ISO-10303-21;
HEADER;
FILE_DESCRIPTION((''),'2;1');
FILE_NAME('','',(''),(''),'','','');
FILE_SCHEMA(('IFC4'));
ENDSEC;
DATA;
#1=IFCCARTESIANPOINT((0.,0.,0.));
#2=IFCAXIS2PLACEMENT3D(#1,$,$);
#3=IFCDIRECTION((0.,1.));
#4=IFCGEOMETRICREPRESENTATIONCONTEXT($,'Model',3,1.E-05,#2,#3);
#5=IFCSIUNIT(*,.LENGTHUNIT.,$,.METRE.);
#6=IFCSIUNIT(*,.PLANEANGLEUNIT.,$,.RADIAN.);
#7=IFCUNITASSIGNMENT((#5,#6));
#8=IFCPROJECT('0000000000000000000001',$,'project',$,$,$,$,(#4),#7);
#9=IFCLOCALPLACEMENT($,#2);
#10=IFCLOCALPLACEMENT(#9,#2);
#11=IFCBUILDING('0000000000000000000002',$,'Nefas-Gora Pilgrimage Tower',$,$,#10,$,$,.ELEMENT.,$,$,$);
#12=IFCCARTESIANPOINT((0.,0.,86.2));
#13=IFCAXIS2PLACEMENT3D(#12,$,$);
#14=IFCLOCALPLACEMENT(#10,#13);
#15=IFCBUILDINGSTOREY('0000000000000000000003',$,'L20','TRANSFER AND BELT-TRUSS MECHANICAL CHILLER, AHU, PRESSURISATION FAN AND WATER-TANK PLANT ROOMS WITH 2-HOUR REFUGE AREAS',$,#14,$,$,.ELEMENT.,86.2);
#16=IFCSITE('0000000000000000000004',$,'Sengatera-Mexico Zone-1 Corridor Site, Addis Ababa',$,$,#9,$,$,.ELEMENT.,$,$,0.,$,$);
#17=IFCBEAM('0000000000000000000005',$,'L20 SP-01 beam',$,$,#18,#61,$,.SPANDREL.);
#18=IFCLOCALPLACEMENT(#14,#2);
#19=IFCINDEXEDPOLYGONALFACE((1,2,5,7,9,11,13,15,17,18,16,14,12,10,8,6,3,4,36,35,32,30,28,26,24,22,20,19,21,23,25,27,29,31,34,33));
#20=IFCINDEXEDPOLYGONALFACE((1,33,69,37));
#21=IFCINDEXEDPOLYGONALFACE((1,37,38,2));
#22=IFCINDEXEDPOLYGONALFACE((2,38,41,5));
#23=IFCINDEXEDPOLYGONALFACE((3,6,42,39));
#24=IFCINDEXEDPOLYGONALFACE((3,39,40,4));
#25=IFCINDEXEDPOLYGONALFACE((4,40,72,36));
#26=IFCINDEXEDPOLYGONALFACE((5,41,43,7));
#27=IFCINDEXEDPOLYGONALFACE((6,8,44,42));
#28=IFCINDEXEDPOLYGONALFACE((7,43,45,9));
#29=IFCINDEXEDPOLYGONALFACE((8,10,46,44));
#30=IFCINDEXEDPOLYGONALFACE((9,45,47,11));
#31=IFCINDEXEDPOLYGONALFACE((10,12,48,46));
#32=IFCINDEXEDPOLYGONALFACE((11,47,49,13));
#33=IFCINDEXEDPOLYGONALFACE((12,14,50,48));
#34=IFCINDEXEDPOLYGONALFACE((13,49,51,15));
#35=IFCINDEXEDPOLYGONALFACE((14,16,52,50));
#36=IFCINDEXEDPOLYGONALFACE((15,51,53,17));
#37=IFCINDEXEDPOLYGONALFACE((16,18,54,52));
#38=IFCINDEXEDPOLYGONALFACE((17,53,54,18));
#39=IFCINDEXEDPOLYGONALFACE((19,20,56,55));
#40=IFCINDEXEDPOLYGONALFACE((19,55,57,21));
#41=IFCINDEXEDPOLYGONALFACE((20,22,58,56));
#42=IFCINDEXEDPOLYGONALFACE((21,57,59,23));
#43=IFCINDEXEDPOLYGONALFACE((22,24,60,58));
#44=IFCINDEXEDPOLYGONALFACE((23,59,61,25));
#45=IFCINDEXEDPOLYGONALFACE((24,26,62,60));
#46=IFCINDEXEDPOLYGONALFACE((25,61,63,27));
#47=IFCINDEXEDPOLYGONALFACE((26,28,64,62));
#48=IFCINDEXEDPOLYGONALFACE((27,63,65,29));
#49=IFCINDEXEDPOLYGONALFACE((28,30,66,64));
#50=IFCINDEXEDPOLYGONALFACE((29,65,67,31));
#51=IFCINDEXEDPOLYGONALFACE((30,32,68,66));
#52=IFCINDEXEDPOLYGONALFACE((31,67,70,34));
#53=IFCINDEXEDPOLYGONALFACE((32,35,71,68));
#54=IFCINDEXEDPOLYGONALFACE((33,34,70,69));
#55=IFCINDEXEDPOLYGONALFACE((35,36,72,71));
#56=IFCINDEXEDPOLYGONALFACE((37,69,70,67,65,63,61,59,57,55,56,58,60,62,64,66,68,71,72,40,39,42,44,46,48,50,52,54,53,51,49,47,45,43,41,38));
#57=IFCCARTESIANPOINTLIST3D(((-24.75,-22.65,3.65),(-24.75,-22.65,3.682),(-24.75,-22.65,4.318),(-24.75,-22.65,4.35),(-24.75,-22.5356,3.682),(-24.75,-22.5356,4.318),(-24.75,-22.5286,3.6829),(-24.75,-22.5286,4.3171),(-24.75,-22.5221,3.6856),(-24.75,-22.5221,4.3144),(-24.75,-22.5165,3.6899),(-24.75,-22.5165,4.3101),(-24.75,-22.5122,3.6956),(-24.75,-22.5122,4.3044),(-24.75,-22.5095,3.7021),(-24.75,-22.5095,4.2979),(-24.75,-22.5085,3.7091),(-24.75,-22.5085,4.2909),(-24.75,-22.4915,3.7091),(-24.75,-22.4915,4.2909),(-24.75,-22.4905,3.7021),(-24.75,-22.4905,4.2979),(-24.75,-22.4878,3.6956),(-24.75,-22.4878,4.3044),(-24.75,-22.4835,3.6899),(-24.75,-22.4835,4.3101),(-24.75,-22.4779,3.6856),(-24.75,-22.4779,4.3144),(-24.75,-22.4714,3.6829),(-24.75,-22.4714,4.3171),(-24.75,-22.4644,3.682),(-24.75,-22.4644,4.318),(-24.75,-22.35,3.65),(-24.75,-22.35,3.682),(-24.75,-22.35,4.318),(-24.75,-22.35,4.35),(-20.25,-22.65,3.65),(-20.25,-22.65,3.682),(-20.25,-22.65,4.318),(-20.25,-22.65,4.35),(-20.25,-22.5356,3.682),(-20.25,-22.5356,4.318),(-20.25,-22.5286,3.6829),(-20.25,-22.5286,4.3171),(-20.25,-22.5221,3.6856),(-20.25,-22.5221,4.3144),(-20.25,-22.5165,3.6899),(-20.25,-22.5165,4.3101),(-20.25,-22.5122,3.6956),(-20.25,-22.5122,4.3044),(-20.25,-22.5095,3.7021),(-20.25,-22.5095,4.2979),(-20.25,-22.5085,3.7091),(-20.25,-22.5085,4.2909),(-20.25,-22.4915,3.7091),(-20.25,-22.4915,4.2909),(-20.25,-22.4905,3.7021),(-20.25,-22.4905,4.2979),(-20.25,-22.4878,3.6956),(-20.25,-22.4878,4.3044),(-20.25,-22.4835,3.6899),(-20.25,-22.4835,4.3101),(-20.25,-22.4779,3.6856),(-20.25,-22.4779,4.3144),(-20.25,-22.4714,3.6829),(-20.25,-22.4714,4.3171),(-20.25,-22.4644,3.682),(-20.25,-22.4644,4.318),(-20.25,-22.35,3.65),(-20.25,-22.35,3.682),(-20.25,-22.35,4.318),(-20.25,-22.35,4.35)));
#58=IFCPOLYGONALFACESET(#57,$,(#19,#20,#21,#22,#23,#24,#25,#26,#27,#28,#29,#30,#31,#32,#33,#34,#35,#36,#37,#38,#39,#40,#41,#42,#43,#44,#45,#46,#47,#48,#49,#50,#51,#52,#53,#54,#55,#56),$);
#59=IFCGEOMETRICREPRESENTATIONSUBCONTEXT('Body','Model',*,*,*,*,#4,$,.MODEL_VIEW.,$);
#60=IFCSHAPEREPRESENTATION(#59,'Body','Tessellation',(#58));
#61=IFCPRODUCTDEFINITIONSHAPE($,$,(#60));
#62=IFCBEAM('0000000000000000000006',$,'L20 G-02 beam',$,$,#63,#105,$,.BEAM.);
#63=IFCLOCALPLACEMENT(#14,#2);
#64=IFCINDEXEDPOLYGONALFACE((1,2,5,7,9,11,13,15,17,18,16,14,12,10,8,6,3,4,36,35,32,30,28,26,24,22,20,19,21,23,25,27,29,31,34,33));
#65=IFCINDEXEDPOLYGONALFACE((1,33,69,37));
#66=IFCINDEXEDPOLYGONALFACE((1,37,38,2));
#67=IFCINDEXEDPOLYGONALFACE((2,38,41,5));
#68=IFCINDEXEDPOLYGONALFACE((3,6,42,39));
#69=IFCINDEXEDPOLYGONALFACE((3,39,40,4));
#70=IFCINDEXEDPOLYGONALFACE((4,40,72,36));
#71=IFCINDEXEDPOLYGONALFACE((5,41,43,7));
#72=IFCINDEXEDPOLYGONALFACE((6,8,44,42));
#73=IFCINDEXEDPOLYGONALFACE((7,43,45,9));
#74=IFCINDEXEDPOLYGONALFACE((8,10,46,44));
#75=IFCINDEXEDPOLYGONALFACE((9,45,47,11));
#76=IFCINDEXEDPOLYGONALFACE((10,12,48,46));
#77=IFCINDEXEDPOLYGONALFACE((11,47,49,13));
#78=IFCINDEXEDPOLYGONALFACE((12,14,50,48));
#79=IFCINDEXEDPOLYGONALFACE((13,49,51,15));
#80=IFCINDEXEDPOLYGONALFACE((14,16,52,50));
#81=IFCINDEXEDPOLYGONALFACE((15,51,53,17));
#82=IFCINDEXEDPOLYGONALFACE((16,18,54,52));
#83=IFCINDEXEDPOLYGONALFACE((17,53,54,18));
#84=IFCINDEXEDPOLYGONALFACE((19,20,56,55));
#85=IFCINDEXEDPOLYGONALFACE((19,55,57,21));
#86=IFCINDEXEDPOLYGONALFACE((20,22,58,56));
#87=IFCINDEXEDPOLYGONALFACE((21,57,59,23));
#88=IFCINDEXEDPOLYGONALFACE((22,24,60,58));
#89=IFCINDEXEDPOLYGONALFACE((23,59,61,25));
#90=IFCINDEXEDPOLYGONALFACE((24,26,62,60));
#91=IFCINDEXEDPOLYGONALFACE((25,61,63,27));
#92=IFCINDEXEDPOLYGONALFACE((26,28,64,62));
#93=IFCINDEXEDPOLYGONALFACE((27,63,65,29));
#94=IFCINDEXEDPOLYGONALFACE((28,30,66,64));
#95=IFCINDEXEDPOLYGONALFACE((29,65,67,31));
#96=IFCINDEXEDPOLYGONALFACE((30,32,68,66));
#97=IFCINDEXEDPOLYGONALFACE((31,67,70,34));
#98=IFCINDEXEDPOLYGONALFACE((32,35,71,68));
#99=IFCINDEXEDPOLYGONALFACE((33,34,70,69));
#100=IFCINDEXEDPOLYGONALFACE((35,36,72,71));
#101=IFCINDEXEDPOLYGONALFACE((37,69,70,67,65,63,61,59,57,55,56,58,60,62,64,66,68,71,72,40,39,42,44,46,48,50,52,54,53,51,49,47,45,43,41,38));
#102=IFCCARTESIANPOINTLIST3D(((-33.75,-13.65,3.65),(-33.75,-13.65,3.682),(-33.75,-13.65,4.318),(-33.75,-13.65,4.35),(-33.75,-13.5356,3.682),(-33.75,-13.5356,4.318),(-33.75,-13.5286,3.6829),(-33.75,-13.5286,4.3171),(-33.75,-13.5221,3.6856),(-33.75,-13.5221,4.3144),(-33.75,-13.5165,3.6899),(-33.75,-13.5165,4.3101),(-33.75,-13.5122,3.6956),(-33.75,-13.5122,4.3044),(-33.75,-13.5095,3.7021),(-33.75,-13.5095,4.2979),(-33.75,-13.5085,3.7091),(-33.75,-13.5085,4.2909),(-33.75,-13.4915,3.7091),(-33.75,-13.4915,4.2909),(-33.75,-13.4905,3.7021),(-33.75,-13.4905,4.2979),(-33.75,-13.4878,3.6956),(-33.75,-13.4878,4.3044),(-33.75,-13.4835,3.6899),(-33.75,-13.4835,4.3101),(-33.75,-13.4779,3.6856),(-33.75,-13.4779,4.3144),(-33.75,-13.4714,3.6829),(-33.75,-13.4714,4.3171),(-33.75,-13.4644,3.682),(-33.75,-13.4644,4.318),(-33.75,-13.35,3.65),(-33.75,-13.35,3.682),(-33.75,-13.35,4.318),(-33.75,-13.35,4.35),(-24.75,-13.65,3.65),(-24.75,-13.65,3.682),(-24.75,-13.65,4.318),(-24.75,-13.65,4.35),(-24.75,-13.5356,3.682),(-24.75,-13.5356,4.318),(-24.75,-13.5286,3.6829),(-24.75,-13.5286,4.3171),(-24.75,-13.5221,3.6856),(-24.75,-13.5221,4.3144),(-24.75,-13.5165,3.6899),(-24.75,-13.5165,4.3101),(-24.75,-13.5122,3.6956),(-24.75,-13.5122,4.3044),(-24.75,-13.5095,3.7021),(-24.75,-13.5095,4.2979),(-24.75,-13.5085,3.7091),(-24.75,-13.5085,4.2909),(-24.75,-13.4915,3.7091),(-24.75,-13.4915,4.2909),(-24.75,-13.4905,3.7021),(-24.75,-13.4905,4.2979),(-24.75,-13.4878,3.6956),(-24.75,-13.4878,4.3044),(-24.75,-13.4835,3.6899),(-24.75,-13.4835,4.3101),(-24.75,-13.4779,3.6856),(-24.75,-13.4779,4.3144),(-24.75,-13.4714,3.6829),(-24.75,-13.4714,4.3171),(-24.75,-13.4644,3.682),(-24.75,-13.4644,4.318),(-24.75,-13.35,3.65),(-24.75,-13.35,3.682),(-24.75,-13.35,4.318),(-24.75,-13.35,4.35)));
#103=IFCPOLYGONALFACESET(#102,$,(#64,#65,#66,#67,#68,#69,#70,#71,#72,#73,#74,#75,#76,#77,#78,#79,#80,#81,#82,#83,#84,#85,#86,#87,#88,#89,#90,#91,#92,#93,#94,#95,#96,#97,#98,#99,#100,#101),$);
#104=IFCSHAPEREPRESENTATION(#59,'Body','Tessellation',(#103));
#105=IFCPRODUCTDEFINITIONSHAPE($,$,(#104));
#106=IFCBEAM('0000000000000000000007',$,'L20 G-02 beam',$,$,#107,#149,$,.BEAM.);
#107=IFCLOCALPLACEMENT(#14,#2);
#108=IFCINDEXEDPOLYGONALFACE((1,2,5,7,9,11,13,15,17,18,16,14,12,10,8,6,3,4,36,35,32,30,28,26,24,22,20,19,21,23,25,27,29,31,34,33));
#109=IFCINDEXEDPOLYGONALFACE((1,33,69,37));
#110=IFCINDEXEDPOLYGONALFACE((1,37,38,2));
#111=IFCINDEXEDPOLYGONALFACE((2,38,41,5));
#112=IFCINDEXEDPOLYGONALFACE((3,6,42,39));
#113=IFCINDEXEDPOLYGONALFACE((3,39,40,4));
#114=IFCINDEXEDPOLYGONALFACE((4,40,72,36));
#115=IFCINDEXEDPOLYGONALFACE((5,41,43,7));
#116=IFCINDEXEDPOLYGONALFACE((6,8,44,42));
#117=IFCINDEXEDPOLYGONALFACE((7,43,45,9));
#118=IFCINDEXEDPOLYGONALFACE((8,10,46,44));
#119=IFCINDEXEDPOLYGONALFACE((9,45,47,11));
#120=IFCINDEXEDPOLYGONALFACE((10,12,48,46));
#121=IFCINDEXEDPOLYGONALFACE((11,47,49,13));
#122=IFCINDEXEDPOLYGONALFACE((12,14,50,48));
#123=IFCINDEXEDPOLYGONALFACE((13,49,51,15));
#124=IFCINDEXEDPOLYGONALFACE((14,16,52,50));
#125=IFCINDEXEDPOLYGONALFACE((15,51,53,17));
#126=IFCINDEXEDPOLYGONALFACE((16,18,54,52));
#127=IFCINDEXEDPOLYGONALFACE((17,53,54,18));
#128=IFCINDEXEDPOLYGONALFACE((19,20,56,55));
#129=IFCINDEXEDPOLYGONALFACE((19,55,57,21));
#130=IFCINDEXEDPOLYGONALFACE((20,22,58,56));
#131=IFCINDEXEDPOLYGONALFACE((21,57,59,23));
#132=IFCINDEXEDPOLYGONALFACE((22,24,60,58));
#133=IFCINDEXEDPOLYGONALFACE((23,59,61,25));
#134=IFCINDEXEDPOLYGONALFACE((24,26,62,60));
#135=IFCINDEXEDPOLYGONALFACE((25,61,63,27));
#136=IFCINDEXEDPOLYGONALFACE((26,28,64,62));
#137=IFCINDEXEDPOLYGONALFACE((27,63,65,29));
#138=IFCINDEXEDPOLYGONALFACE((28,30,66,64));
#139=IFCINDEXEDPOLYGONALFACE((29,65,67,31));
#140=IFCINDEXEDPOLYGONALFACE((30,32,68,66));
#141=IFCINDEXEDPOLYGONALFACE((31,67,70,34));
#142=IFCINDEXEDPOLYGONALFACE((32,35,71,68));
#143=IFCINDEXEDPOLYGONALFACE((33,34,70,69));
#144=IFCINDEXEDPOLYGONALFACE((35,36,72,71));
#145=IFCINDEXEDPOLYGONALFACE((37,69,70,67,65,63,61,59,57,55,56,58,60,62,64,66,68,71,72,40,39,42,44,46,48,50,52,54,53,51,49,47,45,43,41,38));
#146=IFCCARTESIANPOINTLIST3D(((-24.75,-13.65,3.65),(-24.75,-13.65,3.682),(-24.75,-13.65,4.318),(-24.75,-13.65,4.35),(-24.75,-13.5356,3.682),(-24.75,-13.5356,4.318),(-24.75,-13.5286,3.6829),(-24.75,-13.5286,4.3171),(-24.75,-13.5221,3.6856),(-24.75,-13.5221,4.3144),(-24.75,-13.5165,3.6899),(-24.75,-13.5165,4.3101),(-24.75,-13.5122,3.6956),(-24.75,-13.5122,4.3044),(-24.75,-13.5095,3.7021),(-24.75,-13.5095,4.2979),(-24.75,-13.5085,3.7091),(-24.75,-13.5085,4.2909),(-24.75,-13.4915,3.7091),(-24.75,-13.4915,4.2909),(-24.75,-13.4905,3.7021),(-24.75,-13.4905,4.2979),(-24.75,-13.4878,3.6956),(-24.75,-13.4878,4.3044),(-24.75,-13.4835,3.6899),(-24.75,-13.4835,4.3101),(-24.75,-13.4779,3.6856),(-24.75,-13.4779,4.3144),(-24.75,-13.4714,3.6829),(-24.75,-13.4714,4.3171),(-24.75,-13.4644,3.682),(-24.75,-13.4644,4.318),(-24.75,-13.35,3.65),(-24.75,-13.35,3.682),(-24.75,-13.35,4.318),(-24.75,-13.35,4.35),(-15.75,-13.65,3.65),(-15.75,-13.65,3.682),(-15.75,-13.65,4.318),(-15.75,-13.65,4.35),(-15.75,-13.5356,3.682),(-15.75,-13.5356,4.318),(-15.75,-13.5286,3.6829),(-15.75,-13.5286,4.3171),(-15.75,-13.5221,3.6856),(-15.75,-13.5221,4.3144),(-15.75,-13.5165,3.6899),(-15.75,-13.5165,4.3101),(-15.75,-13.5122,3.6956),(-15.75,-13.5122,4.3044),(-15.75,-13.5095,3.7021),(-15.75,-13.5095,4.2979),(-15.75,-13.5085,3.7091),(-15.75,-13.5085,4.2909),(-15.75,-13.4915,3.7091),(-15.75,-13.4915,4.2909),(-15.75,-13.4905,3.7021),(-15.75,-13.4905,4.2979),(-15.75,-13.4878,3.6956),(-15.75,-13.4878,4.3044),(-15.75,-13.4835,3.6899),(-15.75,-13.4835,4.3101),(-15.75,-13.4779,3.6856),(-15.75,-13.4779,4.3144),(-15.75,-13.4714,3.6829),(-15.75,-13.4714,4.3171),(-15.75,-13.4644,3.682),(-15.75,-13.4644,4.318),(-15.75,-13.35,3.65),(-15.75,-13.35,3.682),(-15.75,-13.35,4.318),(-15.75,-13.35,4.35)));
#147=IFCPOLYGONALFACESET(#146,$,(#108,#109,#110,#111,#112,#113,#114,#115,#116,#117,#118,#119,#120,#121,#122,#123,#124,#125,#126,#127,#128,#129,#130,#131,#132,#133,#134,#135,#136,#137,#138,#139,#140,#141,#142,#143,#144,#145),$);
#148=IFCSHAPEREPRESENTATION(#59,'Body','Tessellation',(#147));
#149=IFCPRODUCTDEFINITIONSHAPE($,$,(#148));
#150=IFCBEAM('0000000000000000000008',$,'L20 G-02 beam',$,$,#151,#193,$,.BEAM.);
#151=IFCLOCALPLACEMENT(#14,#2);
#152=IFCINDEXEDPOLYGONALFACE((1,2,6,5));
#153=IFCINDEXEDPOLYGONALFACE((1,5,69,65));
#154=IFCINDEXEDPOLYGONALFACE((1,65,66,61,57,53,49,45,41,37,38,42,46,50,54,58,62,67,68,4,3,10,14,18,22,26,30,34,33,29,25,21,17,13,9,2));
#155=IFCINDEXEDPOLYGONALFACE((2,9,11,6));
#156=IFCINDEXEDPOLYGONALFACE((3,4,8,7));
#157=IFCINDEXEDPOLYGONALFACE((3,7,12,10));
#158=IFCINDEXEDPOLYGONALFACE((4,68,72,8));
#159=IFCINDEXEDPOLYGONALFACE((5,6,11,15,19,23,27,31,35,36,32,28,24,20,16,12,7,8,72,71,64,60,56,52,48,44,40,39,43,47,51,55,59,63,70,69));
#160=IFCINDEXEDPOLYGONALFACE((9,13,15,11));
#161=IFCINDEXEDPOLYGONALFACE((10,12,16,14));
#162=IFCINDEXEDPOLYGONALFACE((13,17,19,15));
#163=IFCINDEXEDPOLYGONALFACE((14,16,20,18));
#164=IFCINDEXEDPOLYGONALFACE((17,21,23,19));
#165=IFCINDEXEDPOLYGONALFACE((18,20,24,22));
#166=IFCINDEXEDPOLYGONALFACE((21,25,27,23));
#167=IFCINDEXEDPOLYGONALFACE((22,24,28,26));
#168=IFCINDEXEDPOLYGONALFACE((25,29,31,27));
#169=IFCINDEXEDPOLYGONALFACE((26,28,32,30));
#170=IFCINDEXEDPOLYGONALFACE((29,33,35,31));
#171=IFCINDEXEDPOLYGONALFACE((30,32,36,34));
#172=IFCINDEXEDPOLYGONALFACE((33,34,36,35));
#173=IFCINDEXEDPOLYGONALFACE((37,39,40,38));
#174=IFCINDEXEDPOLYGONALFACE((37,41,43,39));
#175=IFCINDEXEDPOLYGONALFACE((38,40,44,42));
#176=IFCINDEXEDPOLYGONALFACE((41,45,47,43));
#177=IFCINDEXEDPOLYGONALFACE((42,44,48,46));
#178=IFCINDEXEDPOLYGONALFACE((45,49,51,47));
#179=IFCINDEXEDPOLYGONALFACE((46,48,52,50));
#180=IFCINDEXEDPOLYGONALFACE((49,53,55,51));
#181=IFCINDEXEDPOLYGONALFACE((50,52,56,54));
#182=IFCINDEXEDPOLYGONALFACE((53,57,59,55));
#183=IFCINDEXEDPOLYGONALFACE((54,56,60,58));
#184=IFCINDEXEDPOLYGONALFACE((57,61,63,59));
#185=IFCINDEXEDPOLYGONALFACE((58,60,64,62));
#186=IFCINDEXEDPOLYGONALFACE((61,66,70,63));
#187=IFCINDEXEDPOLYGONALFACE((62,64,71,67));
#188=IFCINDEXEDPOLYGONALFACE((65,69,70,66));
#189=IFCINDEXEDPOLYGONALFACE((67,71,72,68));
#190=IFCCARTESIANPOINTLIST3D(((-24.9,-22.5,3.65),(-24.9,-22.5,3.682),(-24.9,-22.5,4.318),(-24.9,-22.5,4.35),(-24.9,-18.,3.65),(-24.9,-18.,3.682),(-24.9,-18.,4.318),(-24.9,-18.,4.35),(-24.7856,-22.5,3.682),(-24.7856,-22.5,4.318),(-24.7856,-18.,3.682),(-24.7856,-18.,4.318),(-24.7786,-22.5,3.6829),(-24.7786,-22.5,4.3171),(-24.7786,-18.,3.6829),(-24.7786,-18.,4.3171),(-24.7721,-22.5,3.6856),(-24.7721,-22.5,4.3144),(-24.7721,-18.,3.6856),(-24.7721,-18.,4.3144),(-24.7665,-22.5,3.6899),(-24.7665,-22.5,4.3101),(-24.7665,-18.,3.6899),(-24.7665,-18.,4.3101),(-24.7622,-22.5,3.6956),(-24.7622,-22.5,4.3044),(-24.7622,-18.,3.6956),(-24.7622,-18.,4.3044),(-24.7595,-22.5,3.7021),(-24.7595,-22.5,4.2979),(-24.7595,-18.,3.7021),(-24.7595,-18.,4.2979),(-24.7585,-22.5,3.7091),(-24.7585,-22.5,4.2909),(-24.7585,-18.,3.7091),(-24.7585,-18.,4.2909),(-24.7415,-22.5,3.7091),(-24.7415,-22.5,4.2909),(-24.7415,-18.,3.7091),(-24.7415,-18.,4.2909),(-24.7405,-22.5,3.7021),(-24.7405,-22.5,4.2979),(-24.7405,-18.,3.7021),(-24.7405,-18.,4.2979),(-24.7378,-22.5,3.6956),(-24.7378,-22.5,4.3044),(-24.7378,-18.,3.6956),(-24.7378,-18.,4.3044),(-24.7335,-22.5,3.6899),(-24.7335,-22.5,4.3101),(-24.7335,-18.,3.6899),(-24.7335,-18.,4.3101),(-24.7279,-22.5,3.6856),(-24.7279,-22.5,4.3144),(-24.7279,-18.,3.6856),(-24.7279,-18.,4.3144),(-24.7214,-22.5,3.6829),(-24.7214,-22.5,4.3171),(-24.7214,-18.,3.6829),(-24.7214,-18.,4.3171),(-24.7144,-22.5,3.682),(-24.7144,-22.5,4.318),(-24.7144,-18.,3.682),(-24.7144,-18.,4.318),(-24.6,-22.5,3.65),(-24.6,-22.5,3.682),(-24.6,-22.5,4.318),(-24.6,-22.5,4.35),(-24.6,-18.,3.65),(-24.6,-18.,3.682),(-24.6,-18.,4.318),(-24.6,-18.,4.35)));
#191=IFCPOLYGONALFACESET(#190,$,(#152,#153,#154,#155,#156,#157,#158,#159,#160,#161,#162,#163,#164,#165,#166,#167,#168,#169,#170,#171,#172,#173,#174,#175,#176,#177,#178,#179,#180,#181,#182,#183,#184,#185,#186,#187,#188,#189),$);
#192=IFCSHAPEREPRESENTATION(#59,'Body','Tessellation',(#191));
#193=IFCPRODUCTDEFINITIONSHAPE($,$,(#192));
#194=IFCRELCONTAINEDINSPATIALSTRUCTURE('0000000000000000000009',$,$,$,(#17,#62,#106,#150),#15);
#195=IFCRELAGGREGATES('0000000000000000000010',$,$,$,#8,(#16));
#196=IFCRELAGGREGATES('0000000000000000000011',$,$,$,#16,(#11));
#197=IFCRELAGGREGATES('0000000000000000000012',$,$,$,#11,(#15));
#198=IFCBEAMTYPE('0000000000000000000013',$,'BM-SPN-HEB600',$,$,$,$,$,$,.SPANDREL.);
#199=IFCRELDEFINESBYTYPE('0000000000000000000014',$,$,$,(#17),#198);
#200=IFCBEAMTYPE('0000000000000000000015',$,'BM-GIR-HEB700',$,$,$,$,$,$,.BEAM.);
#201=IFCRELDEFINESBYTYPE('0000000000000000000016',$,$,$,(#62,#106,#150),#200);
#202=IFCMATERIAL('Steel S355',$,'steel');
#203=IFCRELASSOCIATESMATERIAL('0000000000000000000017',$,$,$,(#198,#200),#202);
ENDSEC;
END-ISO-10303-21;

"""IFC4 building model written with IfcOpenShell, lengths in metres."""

from ifc_helpers import new_model, si_unit, direction, frame, origin, origin_2d, place, context, subcontext, project, spatial, i_section, extrude, source, transform, mapped, material, material_profile, profile_set, type_object, element, save


model = new_model("IFC4")

# Units and contexts
model_context = context("Model", 3, precision=1e-05, world=origin(), true_north=direction((0.0, 1.0)))
body_context = subcontext(model_context, "Body", "Model", "MODEL_VIEW")
ifc_project = project(units=[si_unit("LENGTHUNIT", "METRE"), si_unit("PLANEANGLEUNIT", "RADIAN")], contexts=[model_context])

# Site, building, storey
site_placement = place(None, origin())
site = spatial("IfcSite", under=ifc_project, at=site_placement, Name="Sengatera-Mexico Zone-1 Corridor Site, Addis Ababa", CompositionType="ELEMENT", RefElevation=0.0)
building_placement = place(site_placement, origin())
building = spatial("IfcBuilding", under=site, at=building_placement, Name="Nefas-Gora Pilgrimage Tower", CompositionType="ELEMENT")
storey_placement = place(building_placement, frame((0.0, 0.0, 86.2)))
storey = spatial("IfcBuildingStorey", under=building, at=storey_placement, Name="L20", Description="TRANSFER AND BELT-TRUSS MECHANICAL CHILLER, AHU, PRESSURISATION FAN AND WATER-TANK PLANT ROOMS WITH 2-HOUR REFUGE AREAS", CompositionType="ELEMENT", Elevation=86.2)

# Beams
ifc_material_1 = material(Name="Steel S355", Category="steel")
ifc_material_profile_1 = material_profile(ifc_material_1, i_section(OverallWidth=0.3, OverallDepth=0.7, WebThickness=0.0171, FlangeThickness=0.032, FilletRadius=0.0271, at=origin_2d()), Name="HEB 700")
ifc_profile_set_1 = profile_set([ifc_material_profile_1], Name="Steel S355")
beam_type_1 = type_object("IfcBeamType", Name="BM-SPN-HEB600", PredefinedType="SPANDREL", material=ifc_profile_set_1)
shared_shape_1 = source(origin(), body_context, "Body", "SweptSolid", [
    extrude(i_section(OverallWidth=0.3, OverallDepth=0.7, WebThickness=0.0171, FlangeThickness=0.032, FilletRadius=0.0271, at=origin_2d()), origin(), (0.0, 0.0, 1.0), 4.5),
])
for number, where, z_axis, x_axis, name in (
    (1, (-24.75, -22.5, 4.0), (1.0, 0.0, 0.0), (0.0, 1.0, 0.0), "L20 SP-01 beam"),
):
    element("IfcBeam", number, at=place(storey_placement, frame(where, z_axis=z_axis, x_axis=x_axis)), inside=storey, type_object=beam_type_1, Name=name, PredefinedType="SPANDREL", context=body_context, shape_type="MappedRepresentation", body=[
        mapped(shared_shape_1, transform((0.0, 0.0, 0.0), x_axis=(1.0, 0.0, 0.0), y_axis=(0.0, 1.0, 0.0), z_axis=(0.0, 0.0, 1.0), scale=1.0)),
    ])
ifc_material_profile_2 = material_profile(ifc_material_1, i_section(OverallWidth=0.3, OverallDepth=0.7, WebThickness=0.0171, FlangeThickness=0.032, FilletRadius=0.0271, at=origin_2d()), Name="HEB 700")
ifc_profile_set_2 = profile_set([ifc_material_profile_2], Name="Steel S355")
beam_type_2 = type_object("IfcBeamType", Name="BM-GIR-HEB700", PredefinedType="BEAM", material=ifc_profile_set_2)
shared_shape_2 = source(origin(), body_context, "Body", "SweptSolid", [
    extrude(i_section(OverallWidth=0.3, OverallDepth=0.7, WebThickness=0.0171, FlangeThickness=0.032, FilletRadius=0.0271, at=origin_2d()), origin(), (0.0, 0.0, 1.0), 9.0),
])
for number, where, z_axis, x_axis, name in (
    (2, (-33.75, -13.5, 4.0), (1.0, 0.0, 0.0), (0.0, 1.0, 0.0), "L20 G-02 beam"),
    (3, (-24.75, -13.5, 4.0), (1.0, 0.0, 0.0), (0.0, 1.0, 0.0), "L20 G-02 beam"),
):
    element("IfcBeam", number, at=place(storey_placement, frame(where, z_axis=z_axis, x_axis=x_axis)), inside=storey, type_object=beam_type_2, Name=name, PredefinedType="BEAM", context=body_context, shape_type="MappedRepresentation", body=[
        mapped(shared_shape_2, transform((0.0, 0.0, 0.0), x_axis=(1.0, 0.0, 0.0), y_axis=(0.0, 1.0, 0.0), z_axis=(0.0, 0.0, 1.0), scale=1.0)),
    ])
shared_shape_3 = source(origin(), body_context, "Body", "SweptSolid", [
    extrude(i_section(OverallWidth=0.3, OverallDepth=0.7, WebThickness=0.0171, FlangeThickness=0.032, FilletRadius=0.0271, at=origin_2d()), origin(), (0.0, 0.0, 1.0), 4.5),
])
for number, where, z_axis, x_axis, name in (
    (4, (-24.75, -22.5, 4.0), (0.0, 1.0, 0.0), (-1.0, 0.0, 0.0), "L20 G-02 beam"),
):
    element("IfcBeam", number, at=place(storey_placement, frame(where, z_axis=z_axis, x_axis=x_axis)), inside=storey, type_object=beam_type_2, Name=name, PredefinedType="BEAM", context=body_context, shape_type="MappedRepresentation", body=[
        mapped(shared_shape_3, transform((0.0, 0.0, 0.0), x_axis=(1.0, 0.0, 0.0), y_axis=(0.0, 1.0, 0.0), z_axis=(0.0, 0.0, 1.0), scale=1.0)),
    ])

save(model, "model.ifc")
